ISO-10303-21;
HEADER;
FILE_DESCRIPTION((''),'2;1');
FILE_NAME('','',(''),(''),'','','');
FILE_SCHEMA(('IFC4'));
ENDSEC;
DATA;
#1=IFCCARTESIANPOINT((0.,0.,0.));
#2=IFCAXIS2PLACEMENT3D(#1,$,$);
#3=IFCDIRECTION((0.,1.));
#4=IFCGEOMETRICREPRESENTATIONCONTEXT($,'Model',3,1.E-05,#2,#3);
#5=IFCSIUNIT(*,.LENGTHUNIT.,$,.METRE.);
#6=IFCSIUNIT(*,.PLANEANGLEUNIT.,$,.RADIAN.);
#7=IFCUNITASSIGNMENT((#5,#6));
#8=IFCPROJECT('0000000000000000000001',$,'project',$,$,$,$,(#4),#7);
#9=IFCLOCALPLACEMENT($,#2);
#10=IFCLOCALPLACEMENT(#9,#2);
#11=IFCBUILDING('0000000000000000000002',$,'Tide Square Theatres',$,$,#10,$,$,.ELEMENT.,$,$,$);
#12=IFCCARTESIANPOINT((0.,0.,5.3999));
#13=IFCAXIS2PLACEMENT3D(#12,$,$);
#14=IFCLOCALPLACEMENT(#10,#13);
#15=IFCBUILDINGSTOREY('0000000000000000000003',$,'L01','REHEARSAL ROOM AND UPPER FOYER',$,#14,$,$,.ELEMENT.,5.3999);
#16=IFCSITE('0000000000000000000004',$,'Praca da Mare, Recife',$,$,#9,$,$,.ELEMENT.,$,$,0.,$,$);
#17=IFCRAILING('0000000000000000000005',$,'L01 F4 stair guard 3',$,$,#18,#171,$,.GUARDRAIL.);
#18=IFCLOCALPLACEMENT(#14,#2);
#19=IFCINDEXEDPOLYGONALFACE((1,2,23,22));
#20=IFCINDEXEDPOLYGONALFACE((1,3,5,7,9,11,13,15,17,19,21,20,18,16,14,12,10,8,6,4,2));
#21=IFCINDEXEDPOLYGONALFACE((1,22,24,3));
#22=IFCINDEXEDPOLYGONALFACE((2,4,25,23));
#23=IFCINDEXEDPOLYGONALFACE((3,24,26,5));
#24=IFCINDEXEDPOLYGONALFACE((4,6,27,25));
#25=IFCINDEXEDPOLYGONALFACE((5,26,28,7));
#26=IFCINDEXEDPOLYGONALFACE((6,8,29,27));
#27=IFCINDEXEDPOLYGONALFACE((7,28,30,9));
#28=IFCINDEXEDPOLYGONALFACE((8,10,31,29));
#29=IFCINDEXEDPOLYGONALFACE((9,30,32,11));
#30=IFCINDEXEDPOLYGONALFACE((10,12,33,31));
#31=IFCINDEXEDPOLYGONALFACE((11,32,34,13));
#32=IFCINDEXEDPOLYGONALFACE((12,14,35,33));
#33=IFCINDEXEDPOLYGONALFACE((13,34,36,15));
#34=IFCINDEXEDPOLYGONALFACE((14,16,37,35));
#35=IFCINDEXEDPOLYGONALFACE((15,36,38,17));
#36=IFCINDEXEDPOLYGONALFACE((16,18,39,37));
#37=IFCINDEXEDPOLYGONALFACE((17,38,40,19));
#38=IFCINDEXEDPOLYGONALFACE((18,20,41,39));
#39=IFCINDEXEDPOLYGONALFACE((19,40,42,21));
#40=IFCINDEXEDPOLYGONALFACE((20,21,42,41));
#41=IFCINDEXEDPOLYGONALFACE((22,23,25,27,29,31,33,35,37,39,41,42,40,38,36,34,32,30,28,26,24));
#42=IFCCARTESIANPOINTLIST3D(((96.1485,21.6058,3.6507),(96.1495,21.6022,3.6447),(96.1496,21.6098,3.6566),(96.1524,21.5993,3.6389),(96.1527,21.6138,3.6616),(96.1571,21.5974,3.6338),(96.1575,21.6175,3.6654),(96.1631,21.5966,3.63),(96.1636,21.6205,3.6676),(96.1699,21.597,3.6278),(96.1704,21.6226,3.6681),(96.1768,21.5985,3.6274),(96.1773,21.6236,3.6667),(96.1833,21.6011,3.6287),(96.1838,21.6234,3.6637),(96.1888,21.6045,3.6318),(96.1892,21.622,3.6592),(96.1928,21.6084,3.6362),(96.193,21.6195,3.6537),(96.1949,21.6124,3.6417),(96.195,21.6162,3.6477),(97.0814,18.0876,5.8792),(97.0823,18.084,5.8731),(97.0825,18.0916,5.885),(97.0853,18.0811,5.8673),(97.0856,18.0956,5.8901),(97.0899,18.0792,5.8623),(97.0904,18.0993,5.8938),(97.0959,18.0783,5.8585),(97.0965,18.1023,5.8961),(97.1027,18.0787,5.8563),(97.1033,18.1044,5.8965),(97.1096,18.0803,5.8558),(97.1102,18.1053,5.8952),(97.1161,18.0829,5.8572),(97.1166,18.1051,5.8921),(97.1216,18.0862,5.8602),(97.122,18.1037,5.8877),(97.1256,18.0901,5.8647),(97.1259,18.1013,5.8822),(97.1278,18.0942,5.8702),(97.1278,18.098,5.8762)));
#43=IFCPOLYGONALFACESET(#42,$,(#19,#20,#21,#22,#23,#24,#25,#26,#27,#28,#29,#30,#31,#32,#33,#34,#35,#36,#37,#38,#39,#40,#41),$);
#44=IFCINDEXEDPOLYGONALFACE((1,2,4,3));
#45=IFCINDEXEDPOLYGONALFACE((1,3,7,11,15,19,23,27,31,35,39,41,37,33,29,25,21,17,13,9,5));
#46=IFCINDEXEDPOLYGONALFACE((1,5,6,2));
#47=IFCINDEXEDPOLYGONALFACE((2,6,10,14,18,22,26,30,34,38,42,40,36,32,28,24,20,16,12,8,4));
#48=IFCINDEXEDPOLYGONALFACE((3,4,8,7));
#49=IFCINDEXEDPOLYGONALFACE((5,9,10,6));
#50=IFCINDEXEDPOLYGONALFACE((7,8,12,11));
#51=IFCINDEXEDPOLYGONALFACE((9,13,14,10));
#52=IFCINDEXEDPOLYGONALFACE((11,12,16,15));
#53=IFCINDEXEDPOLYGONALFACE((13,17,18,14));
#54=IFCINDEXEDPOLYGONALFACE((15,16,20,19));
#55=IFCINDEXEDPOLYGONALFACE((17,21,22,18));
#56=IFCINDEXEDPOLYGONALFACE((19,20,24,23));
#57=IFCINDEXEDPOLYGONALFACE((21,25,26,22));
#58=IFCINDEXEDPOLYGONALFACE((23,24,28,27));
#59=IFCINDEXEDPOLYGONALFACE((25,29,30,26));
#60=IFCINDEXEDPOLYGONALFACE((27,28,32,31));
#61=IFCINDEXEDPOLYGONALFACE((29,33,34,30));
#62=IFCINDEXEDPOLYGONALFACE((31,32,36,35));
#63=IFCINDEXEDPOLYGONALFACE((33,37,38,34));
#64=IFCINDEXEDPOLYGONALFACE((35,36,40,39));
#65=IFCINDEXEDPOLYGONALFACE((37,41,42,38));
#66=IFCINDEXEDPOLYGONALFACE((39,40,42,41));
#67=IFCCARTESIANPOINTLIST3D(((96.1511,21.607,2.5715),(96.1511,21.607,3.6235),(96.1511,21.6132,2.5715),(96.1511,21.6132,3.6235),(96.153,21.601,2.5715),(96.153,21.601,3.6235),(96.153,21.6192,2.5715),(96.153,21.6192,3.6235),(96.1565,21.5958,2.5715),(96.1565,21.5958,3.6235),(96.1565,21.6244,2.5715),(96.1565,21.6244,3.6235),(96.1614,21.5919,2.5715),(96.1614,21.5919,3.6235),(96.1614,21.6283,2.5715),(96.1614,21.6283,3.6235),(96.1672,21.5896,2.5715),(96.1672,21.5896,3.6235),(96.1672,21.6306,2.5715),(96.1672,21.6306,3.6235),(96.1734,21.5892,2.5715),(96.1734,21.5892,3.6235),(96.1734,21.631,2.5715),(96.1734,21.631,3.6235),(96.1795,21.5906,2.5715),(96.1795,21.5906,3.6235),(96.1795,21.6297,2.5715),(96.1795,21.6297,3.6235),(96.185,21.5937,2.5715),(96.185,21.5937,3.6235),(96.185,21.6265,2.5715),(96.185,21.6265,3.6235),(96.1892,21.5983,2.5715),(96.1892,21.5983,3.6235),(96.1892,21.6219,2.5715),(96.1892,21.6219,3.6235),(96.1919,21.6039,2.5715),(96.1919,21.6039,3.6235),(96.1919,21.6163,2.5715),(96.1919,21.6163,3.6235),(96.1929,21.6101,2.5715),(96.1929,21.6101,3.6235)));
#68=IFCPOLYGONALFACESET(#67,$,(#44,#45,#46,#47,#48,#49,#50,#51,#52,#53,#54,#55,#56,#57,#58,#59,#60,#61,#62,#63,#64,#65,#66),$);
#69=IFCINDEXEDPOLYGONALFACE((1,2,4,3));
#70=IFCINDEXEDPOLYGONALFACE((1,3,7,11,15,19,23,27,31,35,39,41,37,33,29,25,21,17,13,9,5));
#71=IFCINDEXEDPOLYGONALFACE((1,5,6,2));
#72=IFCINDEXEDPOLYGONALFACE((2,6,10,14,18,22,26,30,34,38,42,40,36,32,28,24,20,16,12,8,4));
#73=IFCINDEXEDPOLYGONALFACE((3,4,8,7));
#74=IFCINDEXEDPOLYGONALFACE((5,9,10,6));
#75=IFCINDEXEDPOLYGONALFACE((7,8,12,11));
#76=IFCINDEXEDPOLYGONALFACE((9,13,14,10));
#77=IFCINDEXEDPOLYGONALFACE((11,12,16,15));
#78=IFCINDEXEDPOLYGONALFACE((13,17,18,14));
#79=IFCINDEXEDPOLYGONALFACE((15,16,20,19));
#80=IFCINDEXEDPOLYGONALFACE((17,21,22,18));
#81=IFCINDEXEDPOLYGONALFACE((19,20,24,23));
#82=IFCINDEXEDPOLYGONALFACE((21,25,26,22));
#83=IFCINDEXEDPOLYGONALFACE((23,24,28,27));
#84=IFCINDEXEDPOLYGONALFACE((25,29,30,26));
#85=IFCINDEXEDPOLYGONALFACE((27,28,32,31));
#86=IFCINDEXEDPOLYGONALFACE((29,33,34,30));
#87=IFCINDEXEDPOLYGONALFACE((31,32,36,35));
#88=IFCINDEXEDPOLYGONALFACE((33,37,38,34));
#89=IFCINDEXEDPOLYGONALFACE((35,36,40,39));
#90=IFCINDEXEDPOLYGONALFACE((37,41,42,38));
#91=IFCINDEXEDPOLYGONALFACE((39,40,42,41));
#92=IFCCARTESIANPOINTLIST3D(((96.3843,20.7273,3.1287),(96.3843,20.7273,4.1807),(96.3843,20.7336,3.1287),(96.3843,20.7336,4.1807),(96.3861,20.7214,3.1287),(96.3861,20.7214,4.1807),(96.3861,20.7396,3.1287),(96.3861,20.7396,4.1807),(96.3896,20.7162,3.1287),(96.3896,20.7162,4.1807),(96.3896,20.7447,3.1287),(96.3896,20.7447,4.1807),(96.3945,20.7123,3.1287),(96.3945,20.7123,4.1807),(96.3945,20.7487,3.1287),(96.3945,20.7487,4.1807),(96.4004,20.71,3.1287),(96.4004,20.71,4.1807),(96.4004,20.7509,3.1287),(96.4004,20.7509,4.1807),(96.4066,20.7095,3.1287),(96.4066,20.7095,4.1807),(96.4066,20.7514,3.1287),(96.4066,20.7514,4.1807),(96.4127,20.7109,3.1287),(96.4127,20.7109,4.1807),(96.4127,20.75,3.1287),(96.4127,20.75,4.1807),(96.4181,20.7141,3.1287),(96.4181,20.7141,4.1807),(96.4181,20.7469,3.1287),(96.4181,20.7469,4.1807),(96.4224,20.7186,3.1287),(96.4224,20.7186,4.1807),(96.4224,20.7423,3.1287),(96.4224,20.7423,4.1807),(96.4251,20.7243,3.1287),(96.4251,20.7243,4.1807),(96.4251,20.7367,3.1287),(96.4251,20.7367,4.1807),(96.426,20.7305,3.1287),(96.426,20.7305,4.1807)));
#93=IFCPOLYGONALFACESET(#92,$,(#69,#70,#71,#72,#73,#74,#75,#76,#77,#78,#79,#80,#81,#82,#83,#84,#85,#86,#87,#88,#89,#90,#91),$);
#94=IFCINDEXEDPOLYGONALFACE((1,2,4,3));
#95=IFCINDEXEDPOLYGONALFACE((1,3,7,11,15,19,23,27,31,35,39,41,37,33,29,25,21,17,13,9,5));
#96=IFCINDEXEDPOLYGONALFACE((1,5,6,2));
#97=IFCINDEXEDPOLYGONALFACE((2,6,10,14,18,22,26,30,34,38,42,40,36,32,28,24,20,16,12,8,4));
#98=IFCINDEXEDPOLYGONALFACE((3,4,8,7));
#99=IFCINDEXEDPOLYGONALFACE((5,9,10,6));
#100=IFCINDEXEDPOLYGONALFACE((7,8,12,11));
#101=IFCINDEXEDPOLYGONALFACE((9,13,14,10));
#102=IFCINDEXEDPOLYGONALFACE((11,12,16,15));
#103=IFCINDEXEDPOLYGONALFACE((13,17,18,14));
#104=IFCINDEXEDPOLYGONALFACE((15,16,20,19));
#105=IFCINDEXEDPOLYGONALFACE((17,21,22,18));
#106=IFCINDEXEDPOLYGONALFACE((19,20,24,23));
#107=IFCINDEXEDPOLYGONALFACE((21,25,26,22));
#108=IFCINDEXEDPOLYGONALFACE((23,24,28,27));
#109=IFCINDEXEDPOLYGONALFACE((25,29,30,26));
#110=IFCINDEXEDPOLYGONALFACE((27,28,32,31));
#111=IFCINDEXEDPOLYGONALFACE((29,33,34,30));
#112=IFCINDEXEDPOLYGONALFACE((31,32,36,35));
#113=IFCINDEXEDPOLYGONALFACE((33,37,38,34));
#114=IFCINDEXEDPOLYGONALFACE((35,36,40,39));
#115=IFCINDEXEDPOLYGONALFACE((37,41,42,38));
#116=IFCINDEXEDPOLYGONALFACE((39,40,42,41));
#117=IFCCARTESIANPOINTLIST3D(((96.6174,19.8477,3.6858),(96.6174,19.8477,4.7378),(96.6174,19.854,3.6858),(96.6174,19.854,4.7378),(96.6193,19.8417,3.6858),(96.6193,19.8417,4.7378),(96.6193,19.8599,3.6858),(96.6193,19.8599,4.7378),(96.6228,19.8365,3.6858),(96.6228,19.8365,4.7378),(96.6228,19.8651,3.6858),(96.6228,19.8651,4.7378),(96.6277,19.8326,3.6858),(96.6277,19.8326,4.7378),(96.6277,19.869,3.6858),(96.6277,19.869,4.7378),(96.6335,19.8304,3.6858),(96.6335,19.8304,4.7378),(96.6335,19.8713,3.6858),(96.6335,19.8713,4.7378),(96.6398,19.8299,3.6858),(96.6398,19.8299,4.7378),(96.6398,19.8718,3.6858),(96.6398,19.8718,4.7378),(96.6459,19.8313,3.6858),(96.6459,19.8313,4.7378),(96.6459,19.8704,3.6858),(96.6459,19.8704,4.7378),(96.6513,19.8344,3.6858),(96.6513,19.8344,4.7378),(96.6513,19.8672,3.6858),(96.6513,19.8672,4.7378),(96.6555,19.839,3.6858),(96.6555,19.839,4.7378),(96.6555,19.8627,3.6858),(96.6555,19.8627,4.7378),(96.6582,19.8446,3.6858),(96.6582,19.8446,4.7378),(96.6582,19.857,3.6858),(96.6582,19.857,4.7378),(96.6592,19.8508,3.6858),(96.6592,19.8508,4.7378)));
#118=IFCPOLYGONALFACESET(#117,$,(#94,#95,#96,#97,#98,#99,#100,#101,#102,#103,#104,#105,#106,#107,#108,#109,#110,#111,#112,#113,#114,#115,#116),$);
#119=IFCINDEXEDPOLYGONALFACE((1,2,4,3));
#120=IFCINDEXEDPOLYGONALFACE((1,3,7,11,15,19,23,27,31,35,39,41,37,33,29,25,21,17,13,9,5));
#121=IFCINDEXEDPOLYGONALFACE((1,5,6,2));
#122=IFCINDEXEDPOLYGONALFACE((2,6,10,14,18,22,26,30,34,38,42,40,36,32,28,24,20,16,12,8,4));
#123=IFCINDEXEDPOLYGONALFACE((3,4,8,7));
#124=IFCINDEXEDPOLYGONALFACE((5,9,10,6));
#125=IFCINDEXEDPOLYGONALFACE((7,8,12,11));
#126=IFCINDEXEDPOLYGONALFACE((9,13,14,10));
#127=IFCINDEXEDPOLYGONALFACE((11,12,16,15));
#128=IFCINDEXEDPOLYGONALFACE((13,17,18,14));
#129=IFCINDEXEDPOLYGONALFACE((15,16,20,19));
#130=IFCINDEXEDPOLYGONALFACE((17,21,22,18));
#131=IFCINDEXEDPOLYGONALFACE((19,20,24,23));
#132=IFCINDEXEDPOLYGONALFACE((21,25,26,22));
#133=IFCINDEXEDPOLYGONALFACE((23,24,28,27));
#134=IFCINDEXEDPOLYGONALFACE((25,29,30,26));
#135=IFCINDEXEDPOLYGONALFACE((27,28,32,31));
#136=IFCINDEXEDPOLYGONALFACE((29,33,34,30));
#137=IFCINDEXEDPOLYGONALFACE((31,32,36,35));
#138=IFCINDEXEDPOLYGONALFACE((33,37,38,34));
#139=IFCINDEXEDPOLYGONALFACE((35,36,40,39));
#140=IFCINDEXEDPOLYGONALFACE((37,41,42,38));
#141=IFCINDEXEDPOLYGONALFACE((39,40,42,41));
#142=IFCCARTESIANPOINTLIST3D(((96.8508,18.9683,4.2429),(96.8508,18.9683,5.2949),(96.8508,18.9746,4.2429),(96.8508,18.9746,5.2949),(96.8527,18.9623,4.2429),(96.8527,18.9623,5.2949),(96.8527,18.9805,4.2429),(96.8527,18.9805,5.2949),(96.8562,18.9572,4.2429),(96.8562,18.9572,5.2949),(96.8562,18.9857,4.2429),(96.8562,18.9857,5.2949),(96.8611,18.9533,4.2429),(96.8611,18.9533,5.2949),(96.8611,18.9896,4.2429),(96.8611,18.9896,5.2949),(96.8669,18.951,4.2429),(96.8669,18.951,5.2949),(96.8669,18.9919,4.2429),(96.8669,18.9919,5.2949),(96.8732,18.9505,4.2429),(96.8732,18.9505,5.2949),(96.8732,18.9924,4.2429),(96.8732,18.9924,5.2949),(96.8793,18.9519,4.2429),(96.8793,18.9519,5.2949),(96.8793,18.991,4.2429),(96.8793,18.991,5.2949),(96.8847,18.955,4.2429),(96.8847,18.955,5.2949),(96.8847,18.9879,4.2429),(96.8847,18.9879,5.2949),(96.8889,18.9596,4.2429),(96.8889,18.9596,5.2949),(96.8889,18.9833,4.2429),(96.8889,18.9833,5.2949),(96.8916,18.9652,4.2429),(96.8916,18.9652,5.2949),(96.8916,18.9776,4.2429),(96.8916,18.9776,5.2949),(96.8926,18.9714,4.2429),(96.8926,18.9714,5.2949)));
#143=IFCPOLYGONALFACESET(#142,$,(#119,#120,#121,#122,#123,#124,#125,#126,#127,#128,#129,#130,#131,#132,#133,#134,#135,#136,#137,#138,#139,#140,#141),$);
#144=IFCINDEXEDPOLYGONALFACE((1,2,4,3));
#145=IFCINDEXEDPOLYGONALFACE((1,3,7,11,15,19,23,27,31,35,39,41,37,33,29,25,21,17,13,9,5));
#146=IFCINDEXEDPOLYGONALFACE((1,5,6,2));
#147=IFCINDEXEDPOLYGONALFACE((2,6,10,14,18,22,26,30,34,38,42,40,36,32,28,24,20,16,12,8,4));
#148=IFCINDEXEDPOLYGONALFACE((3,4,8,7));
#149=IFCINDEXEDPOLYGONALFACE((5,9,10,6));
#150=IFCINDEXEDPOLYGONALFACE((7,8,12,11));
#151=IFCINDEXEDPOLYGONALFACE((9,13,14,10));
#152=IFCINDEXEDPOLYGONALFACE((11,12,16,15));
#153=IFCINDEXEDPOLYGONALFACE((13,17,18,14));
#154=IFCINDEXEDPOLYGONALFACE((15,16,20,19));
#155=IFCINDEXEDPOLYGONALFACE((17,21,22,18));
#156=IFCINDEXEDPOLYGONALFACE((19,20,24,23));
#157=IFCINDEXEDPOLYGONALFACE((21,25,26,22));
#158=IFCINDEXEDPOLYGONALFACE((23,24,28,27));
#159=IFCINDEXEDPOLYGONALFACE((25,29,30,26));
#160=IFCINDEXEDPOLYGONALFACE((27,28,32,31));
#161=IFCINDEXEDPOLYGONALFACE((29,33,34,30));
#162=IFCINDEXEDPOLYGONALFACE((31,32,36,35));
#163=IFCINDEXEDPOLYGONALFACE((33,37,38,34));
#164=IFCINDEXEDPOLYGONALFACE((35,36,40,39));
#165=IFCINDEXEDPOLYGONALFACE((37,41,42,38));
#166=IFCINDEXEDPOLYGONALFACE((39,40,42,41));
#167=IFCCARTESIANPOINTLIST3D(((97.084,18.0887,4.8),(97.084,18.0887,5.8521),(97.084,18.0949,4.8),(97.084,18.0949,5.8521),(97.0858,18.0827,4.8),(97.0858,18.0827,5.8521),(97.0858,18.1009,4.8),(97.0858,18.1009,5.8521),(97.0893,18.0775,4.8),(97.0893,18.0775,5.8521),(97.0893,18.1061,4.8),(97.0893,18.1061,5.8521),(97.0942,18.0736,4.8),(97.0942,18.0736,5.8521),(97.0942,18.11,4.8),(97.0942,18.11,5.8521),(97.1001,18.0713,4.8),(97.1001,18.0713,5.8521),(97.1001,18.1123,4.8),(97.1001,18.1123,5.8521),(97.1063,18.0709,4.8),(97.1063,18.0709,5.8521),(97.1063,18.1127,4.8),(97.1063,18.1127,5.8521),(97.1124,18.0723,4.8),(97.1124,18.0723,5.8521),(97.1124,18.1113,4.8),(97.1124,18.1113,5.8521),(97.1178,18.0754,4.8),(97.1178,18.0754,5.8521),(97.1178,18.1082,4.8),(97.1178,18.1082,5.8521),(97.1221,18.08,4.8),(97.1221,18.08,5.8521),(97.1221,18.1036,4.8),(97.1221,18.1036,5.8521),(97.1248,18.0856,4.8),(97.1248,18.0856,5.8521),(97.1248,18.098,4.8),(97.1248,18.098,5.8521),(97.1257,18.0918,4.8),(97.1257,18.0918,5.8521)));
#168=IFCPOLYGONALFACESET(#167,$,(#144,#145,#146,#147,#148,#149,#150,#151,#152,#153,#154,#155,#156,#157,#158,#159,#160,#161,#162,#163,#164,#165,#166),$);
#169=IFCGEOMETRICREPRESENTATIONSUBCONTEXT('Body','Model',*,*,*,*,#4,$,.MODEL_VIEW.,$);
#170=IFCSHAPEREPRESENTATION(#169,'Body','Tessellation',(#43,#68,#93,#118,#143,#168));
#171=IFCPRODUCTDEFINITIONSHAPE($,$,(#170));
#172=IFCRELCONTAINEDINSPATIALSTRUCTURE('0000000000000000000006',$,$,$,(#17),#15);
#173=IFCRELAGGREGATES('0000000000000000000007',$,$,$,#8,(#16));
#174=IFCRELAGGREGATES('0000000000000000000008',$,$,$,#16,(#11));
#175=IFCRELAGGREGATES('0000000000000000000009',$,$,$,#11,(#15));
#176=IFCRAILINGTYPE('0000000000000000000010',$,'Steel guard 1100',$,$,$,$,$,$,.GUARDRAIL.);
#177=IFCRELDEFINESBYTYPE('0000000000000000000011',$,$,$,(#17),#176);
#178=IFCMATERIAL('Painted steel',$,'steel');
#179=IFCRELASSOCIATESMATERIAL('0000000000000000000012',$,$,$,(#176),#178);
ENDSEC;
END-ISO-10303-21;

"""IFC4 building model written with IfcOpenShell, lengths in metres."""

from ifc_helpers import new_model, si_unit, direction, frame, origin, origin_2d, place, context, subcontext, project, spatial, circle, extrude, material, type_object, element, save


model = new_model("IFC4")

# Units and contexts
model_context = context("Model", 3, precision=1e-05, world=origin(), true_north=direction((0.0, 1.0)))
body_context = subcontext(model_context, "Body", "Model", "MODEL_VIEW")
ifc_project = project(units=[si_unit("LENGTHUNIT", "METRE"), si_unit("PLANEANGLEUNIT", "RADIAN")], contexts=[model_context])

# Site, building, storey
site_placement = place(None, origin())
site = spatial("IfcSite", under=ifc_project, at=site_placement, Name="Praca da Mare, Recife", CompositionType="ELEMENT", RefElevation=0.0)
building_placement = place(site_placement, origin())
building = spatial("IfcBuilding", under=site, at=building_placement, Name="Tide Square Theatres", CompositionType="ELEMENT")
storey_placement = place(building_placement, frame((0.0, 0.0, 5.3999)))
storey = spatial("IfcBuildingStorey", under=building, at=storey_placement, Name="L01", Description="REHEARSAL ROOM AND UPPER FOYER", CompositionType="ELEMENT", Elevation=5.3999)

# Railing
ifc_material_1 = material(Name="Painted steel", Category="steel")
railing_type_1 = type_object("IfcRailingType", Name="Steel guard 1100", PredefinedType="GUARDRAIL", material=ifc_material_1)
railing_1_placement = place(storey_placement, frame((96.1719, 21.6101, 2.5715)))
element("IfcRailing", 1, at=railing_1_placement, inside=storey, type_object=railing_type_1, Name="L01 F4 stair guard 3", PredefinedType="GUARDRAIL", context=body_context, shape_type="SweptSolid", body=[
    extrude(circle(Radius=0.0239, at=origin_2d()), frame((0.0, 0.0, 1.0762), z_axis=(0.218576, -0.824365, 0.522157), x_axis=(0.9666, 0.256289, 0.0)), (0.0, 0.0, 1.0), 4.2678),
    extrude(circle(Radius=0.021, at=origin_2d()), origin(), (0.0, 0.0, 1.0), 1.052),
    extrude(circle(Radius=0.021, at=origin_2d()), frame((0.2332, -0.8796, 0.5571)), (0.0, 0.0, 1.0), 1.052),
    extrude(circle(Radius=0.021, at=origin_2d()), frame((0.4663, -1.7593, 1.1143)), (0.0, 0.0, 1.0), 1.052),
    extrude(circle(Radius=0.021, at=origin_2d()), frame((0.6997, -2.6387, 1.6714)), (0.0, 0.0, 1.0), 1.052),
    extrude(circle(Radius=0.021, at=origin_2d()), frame((0.9329, -3.5183, 2.2285)), (0.0, 0.0, 1.0), 1.052),
])

save(model, "model.ifc")
